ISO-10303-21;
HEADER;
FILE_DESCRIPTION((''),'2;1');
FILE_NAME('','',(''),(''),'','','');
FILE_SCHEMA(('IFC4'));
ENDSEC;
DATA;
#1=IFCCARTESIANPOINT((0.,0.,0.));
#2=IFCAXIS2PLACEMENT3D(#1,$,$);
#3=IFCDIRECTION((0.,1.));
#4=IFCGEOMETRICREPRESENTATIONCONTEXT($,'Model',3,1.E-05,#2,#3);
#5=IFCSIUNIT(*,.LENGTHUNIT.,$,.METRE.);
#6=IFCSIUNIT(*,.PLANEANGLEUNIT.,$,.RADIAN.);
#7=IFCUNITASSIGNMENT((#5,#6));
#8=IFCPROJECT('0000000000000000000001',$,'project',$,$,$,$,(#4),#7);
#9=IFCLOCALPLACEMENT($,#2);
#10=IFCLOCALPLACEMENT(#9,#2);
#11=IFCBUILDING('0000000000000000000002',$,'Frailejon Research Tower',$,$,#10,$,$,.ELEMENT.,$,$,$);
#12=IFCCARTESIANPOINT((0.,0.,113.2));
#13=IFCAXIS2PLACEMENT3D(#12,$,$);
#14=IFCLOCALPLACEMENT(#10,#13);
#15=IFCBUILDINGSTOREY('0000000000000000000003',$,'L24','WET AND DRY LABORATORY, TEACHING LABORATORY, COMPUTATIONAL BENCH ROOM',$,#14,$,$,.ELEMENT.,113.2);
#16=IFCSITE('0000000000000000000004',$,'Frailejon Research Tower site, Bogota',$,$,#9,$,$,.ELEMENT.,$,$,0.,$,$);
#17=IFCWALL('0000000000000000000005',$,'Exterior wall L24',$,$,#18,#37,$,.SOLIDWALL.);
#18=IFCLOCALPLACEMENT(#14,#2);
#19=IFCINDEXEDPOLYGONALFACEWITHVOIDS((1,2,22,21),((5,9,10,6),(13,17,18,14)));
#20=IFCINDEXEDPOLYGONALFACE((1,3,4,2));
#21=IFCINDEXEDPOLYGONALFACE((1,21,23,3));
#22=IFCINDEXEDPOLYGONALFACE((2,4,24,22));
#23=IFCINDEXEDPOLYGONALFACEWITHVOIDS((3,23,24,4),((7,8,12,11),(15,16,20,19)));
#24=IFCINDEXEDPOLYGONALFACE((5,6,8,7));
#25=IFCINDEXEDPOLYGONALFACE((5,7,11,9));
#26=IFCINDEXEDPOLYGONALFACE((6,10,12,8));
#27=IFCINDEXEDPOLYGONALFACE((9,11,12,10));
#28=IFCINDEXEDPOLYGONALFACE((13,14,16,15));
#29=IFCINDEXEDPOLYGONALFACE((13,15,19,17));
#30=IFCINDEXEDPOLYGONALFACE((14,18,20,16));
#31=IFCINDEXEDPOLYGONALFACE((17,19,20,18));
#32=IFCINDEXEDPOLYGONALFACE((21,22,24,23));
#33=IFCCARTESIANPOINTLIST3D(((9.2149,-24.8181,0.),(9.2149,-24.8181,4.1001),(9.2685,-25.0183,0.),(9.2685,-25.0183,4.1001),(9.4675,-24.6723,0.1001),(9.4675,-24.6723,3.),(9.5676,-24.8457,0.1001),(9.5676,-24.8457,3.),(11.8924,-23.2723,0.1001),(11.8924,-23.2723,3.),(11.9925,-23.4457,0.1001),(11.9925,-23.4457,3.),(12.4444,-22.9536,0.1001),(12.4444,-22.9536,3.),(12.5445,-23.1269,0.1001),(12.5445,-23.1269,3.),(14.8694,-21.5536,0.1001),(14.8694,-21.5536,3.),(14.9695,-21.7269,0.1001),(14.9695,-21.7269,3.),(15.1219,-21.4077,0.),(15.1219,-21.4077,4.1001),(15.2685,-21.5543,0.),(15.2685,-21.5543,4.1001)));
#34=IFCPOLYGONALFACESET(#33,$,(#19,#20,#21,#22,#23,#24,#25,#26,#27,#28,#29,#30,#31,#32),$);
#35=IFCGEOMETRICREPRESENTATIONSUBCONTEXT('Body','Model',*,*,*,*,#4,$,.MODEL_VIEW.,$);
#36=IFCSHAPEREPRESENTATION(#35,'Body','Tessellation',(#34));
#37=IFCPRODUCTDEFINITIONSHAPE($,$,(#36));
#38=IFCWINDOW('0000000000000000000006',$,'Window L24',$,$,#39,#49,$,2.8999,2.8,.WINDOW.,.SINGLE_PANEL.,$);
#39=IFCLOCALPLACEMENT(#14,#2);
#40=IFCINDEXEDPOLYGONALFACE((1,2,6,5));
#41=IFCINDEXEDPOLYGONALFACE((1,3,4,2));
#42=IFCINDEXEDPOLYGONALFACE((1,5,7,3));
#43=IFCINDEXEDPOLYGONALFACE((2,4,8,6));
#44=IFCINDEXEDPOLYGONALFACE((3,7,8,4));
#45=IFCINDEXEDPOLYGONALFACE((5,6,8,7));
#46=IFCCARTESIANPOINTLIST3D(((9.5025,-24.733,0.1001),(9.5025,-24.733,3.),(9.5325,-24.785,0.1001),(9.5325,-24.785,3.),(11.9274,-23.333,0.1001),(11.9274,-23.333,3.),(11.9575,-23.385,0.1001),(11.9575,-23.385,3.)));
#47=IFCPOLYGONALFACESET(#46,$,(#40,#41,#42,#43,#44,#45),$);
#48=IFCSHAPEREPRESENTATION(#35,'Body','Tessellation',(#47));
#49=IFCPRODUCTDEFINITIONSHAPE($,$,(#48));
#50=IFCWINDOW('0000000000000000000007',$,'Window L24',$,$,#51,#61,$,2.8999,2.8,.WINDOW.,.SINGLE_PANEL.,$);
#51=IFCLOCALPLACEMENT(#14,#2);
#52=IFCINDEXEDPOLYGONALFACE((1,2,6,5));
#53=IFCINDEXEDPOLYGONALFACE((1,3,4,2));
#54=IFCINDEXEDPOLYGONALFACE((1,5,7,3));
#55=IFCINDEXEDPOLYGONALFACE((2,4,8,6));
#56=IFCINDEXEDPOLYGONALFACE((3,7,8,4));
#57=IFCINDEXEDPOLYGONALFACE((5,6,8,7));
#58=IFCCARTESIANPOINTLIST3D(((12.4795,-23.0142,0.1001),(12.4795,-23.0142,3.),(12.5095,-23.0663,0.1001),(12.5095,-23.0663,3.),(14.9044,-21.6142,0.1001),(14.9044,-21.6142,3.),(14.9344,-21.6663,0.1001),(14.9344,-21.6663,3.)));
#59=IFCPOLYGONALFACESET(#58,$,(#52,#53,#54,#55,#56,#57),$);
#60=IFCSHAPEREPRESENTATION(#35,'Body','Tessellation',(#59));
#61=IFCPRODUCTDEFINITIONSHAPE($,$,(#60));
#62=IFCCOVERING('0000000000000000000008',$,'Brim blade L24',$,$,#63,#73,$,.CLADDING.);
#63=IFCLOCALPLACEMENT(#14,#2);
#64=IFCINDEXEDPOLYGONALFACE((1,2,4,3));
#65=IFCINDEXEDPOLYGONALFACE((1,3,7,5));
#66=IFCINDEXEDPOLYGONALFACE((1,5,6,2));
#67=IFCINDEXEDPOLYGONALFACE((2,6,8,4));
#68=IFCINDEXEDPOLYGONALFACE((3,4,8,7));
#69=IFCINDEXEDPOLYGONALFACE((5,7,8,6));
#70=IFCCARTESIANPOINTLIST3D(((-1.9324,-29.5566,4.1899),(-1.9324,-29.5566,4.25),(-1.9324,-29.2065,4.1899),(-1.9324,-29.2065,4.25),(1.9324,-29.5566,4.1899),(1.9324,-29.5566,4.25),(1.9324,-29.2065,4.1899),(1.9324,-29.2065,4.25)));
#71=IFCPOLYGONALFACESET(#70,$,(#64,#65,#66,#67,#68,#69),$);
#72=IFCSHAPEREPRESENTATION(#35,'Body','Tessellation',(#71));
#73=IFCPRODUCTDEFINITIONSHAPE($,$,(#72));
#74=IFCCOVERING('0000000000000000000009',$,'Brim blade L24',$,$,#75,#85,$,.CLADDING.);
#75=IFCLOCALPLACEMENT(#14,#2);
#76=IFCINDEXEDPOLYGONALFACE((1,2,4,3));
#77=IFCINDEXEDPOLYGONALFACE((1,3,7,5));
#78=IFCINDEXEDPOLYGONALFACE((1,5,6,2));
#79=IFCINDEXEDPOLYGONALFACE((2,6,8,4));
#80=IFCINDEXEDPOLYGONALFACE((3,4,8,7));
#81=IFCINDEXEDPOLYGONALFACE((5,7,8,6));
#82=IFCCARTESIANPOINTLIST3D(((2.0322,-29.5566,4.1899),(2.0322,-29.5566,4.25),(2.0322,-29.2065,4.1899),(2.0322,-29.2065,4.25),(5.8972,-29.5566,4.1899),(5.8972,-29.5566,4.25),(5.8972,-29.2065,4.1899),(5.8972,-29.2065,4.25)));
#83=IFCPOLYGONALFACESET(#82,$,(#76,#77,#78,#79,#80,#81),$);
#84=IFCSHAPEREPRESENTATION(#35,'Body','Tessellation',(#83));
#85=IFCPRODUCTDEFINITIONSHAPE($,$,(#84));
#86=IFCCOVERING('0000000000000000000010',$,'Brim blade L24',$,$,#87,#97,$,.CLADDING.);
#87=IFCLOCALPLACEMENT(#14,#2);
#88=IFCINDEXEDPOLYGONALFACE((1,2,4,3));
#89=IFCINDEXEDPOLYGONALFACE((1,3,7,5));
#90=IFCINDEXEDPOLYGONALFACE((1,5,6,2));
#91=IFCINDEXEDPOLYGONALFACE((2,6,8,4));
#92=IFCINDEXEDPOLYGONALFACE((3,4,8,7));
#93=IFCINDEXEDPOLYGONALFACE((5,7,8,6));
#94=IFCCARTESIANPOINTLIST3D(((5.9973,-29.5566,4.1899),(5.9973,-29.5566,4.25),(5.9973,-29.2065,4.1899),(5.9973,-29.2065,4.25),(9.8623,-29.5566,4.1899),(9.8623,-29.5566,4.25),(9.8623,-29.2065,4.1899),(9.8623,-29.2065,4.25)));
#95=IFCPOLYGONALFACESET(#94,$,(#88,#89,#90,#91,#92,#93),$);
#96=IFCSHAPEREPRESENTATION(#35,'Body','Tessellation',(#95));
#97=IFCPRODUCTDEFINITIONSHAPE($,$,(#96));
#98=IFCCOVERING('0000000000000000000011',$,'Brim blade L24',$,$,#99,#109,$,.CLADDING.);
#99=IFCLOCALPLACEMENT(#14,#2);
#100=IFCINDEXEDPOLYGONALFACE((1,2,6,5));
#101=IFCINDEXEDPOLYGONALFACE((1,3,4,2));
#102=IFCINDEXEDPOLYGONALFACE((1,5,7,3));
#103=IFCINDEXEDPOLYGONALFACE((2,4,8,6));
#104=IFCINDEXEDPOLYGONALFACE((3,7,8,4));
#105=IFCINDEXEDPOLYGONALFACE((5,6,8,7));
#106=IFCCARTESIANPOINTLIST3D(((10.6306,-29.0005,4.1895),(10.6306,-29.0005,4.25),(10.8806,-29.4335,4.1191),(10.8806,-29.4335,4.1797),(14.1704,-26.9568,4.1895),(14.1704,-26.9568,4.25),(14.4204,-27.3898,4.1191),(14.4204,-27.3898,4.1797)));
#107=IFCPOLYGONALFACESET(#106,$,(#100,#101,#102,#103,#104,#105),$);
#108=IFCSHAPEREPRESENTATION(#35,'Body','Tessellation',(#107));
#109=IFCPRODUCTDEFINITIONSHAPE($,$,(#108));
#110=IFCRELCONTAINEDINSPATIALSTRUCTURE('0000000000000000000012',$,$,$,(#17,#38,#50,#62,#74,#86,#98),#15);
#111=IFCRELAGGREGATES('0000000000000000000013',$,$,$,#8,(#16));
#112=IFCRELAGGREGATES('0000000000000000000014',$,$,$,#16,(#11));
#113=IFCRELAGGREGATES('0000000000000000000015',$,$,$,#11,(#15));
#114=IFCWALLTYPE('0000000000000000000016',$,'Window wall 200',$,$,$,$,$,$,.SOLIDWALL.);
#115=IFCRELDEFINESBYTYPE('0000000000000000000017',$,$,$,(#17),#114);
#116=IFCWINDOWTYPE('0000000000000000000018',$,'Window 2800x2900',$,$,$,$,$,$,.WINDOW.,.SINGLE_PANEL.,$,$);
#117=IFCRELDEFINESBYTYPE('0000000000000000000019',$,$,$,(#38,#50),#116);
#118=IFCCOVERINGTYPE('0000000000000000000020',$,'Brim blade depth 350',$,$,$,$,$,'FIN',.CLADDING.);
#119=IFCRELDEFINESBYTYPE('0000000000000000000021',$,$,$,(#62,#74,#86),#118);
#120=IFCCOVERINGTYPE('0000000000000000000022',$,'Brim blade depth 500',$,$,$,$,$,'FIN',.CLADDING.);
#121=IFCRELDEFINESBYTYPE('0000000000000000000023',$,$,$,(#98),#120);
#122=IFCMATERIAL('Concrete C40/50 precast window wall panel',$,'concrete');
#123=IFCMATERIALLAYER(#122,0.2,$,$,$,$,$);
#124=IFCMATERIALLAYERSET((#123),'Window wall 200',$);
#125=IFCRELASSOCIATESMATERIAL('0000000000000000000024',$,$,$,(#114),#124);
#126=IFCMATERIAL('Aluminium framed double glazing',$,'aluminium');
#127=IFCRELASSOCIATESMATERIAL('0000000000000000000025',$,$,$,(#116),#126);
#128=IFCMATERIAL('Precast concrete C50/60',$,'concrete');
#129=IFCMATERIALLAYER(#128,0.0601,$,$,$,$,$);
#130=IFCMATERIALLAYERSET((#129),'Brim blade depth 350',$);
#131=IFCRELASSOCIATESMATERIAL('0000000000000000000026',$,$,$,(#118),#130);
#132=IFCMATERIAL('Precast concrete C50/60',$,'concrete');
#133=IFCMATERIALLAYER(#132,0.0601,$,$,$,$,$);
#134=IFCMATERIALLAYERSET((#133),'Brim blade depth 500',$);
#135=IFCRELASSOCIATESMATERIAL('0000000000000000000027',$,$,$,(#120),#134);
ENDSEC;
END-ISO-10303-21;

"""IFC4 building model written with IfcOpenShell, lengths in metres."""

from ifc_helpers import new_model, si_unit, direction, frame, frame_2d, origin, place, context, subcontext, project, spatial, polyline, rectangle, outline, extrude, material, layer, layer_set, type_object, element, fill, save


model = new_model("IFC4")

# Units and contexts
model_context = context("Model", 3, precision=1e-05, world=origin(), true_north=direction((0.0, 1.0)))
body_context = subcontext(model_context, "Body", "Model", "MODEL_VIEW")
ifc_project = project(units=[si_unit("LENGTHUNIT", "METRE"), si_unit("PLANEANGLEUNIT", "RADIAN")], contexts=[model_context])

# Site, building, storey
site_placement = place(None, origin())
site = spatial("IfcSite", under=ifc_project, at=site_placement, Name="Frailejon Research Tower site, Bogota", CompositionType="ELEMENT", RefElevation=0.0)
building_placement = place(site_placement, origin())
building = spatial("IfcBuilding", under=site, at=building_placement, Name="Frailejon Research Tower", CompositionType="ELEMENT")
storey_placement = place(building_placement, frame((0.0, 0.0, 113.2)))
storey = spatial("IfcBuildingStorey", under=building, at=storey_placement, Name="L24", Description="WET AND DRY LABORATORY, TEACHING LABORATORY, COMPUTATIONAL BENCH ROOM", CompositionType="ELEMENT", Elevation=113.2)

# Wall, openings, windows
ifc_material_1 = material(Name="Concrete C40/50 precast window wall panel", Category="concrete")
ifc_layer_1 = layer(ifc_material_1, 0.2)
ifc_layer_set_1 = layer_set([ifc_layer_1], Name="Window wall 200")
wall_type = type_object("IfcWallType", Name="Window wall 200", PredefinedType="SOLIDWALL", material=ifc_layer_set_1)
wall_placement = place(storey_placement, frame((9.2417, -24.9182, 0.0), z_axis=(0.0, 0.0, 1.0), x_axis=(0.866029, 0.499993, 0.0)))
wall = element("IfcWall", 1, at=wall_placement, inside=storey, type_object=wall_type, Name="Exterior wall L24", PredefinedType="SOLIDWALL", context=body_context, shape_type="SweptSolid", body=[
    extrude(outline(polyline([(-0.0269, -0.1001), (1.1279, -0.1001), (2.2825, -0.1001), (3.4373, -0.1001), (4.592, -0.1001), (5.7466, -0.1001), (6.9014, -0.1001), (6.8477, 0.1001), (5.7109, 0.1001), (4.574, 0.1001), (3.4373, 0.1001), (2.3005, 0.1001), (1.1636, 0.1001), (0.0269, 0.1001), (-0.0269, -0.1001)])), origin(), (0.0, 0.0, 1.0), 4.1001),
])
opening_1_placement = place(wall_placement, frame((0.3186, 0.0, 0.1001)))
opening_1 = element("IfcOpeningElement", 2, at=opening_1_placement, cuts=wall, PredefinedType="OPENING", context=body_context, shape_type="SweptSolid", body=[
    extrude(rectangle(XDim=2.8, YDim=2.8999, at=frame_2d((1.3999, 1.45))), frame((0.0, 0.1099, 0.0), z_axis=(0.0, -1.0, 0.0), x_axis=(1.0, 0.0, 0.0)), (0.0, 0.0, 1.0), 0.22),
])
opening_2_placement = place(wall_placement, frame((3.7561, 0.0, 0.1001)))
opening_2 = element("IfcOpeningElement", 3, at=opening_2_placement, cuts=wall, PredefinedType="OPENING", context=body_context, shape_type="SweptSolid", body=[
    extrude(rectangle(XDim=2.8, YDim=2.8999, at=frame_2d((1.3999, 1.45))), frame((0.0, 0.1099, 0.0), z_axis=(0.0, -1.0, 0.0), x_axis=(1.0, 0.0, 0.0)), (0.0, 0.0, 1.0), 0.22),
])
ifc_material_2 = material(Name="Aluminium framed double glazing", Category="aluminium")
window_type = type_object("IfcWindowType", Name="Window 2800x2900", PartitioningType="SINGLE_PANEL", PredefinedType="WINDOW", material=ifc_material_2)
window_1_placement = place(opening_1_placement, origin())
window_1 = element("IfcWindow", 4, at=window_1_placement, inside=storey, type_object=window_type, Name="Window L24", OverallHeight=2.8999, OverallWidth=2.8, PartitioningType="SINGLE_PANEL", PredefinedType="WINDOW", context=body_context, shape_type="SweptSolid", body=[
    extrude(rectangle(XDim=2.8, YDim=2.8999, at=frame_2d((1.3999, 1.45))), frame((0.0, 0.03, 0.0), z_axis=(0.0, -1.0, 0.0), x_axis=(1.0, 0.0, 0.0)), (0.0, 0.0, 1.0), 0.0601),
])
fill(opening_1, window_1)
window_2_placement = place(opening_2_placement, origin())
window_2 = element("IfcWindow", 5, at=window_2_placement, inside=storey, type_object=window_type, Name="Window L24", OverallHeight=2.8999, OverallWidth=2.8, PartitioningType="SINGLE_PANEL", PredefinedType="WINDOW", context=body_context, shape_type="SweptSolid", body=[
    extrude(rectangle(XDim=2.8, YDim=2.8999, at=frame_2d((1.3999, 1.45))), frame((0.0, 0.03, 0.0), z_axis=(0.0, -1.0, 0.0), x_axis=(1.0, 0.0, 0.0)), (0.0, 0.0, 1.0), 0.0601),
])
fill(opening_2, window_2)

# Coverings
ifc_material_3 = material(Name="Precast concrete C50/60", Category="concrete")
ifc_layer_2 = layer(ifc_material_3, 0.0601)
ifc_layer_set_2 = layer_set([ifc_layer_2], Name="Brim blade depth 350")
covering_type_1 = type_object("IfcCoveringType", Name="Brim blade depth 350", ElementType="FIN", PredefinedType="CLADDING", material=ifc_layer_set_2)
covering_1_placement = place(storey_placement, frame((1.9324, -29.2065, 4.25), z_axis=(-1.0, 0.0, 0.0), x_axis=(0.0, -1.0, 0.0)))
element("IfcCovering", 6, at=covering_1_placement, inside=storey, type_object=covering_type_1, Name="Brim blade L24", PredefinedType="CLADDING", context=body_context, shape_type="SweptSolid", body=[
    extrude(outline(polyline([(0.0, -0.0601), (0.3501, -0.0601), (0.3501, 0.0), (0.0, 0.0), (0.0, -0.0601)])), origin(), (0.0, 0.0, 1.0), 3.8647),
])
for number, where, z_axis, x_axis, name in (
    (7, (5.8972, -29.2065, 4.25), (-1.0, 0.0, 0.0), (0.0, -1.0, 0.0), "Brim blade L24"),
    (8, (9.8623, -29.2065, 4.25), (-1.0, 0.0, 0.0), (0.0, -1.0, 0.0), "Brim blade L24"),
):
    element("IfcCovering", number, at=place(storey_placement, frame(where, z_axis=z_axis, x_axis=x_axis)), inside=storey, type_object=covering_type_1, Name=name, PredefinedType="CLADDING", context=body_context, shape_type="SweptSolid", body=[
        extrude(outline(polyline([(0.0, -0.0601), (0.3501, -0.0601), (0.3501, 0.0), (0.0, 0.0), (0.0, -0.0601)])), origin(), (0.0, 0.0, 1.0), 3.865),
    ])
ifc_material_4 = material(Name="Precast concrete C50/60", Category="concrete")
ifc_layer_3 = layer(ifc_material_4, 0.0601)
ifc_layer_set_3 = layer_set([ifc_layer_3], Name="Brim blade depth 500")
covering_type_2 = type_object("IfcCoveringType", Name="Brim blade depth 500", ElementType="FIN", PredefinedType="CLADDING", material=ifc_layer_set_3)
covering_2_placement = place(storey_placement, frame((14.1704, -26.9568, 4.25), z_axis=(-0.866021, -0.500007, 0.0), x_axis=(0.500007, -0.866021, 0.0)))
element("IfcCovering", 9, at=covering_2_placement, inside=storey, type_object=covering_type_2, Name="Brim blade L24", PredefinedType="CLADDING", context=body_context, shape_type="SweptSolid", body=[
    extrude(outline(polyline([(0.0, -0.0605), (0.5, -0.1309), (0.5, -0.0703), (0.0, 0.0), (0.0, -0.0605)])), origin(), (0.0, 0.0, 1.0), 4.0874),
])

save(model, "model.ifc")
